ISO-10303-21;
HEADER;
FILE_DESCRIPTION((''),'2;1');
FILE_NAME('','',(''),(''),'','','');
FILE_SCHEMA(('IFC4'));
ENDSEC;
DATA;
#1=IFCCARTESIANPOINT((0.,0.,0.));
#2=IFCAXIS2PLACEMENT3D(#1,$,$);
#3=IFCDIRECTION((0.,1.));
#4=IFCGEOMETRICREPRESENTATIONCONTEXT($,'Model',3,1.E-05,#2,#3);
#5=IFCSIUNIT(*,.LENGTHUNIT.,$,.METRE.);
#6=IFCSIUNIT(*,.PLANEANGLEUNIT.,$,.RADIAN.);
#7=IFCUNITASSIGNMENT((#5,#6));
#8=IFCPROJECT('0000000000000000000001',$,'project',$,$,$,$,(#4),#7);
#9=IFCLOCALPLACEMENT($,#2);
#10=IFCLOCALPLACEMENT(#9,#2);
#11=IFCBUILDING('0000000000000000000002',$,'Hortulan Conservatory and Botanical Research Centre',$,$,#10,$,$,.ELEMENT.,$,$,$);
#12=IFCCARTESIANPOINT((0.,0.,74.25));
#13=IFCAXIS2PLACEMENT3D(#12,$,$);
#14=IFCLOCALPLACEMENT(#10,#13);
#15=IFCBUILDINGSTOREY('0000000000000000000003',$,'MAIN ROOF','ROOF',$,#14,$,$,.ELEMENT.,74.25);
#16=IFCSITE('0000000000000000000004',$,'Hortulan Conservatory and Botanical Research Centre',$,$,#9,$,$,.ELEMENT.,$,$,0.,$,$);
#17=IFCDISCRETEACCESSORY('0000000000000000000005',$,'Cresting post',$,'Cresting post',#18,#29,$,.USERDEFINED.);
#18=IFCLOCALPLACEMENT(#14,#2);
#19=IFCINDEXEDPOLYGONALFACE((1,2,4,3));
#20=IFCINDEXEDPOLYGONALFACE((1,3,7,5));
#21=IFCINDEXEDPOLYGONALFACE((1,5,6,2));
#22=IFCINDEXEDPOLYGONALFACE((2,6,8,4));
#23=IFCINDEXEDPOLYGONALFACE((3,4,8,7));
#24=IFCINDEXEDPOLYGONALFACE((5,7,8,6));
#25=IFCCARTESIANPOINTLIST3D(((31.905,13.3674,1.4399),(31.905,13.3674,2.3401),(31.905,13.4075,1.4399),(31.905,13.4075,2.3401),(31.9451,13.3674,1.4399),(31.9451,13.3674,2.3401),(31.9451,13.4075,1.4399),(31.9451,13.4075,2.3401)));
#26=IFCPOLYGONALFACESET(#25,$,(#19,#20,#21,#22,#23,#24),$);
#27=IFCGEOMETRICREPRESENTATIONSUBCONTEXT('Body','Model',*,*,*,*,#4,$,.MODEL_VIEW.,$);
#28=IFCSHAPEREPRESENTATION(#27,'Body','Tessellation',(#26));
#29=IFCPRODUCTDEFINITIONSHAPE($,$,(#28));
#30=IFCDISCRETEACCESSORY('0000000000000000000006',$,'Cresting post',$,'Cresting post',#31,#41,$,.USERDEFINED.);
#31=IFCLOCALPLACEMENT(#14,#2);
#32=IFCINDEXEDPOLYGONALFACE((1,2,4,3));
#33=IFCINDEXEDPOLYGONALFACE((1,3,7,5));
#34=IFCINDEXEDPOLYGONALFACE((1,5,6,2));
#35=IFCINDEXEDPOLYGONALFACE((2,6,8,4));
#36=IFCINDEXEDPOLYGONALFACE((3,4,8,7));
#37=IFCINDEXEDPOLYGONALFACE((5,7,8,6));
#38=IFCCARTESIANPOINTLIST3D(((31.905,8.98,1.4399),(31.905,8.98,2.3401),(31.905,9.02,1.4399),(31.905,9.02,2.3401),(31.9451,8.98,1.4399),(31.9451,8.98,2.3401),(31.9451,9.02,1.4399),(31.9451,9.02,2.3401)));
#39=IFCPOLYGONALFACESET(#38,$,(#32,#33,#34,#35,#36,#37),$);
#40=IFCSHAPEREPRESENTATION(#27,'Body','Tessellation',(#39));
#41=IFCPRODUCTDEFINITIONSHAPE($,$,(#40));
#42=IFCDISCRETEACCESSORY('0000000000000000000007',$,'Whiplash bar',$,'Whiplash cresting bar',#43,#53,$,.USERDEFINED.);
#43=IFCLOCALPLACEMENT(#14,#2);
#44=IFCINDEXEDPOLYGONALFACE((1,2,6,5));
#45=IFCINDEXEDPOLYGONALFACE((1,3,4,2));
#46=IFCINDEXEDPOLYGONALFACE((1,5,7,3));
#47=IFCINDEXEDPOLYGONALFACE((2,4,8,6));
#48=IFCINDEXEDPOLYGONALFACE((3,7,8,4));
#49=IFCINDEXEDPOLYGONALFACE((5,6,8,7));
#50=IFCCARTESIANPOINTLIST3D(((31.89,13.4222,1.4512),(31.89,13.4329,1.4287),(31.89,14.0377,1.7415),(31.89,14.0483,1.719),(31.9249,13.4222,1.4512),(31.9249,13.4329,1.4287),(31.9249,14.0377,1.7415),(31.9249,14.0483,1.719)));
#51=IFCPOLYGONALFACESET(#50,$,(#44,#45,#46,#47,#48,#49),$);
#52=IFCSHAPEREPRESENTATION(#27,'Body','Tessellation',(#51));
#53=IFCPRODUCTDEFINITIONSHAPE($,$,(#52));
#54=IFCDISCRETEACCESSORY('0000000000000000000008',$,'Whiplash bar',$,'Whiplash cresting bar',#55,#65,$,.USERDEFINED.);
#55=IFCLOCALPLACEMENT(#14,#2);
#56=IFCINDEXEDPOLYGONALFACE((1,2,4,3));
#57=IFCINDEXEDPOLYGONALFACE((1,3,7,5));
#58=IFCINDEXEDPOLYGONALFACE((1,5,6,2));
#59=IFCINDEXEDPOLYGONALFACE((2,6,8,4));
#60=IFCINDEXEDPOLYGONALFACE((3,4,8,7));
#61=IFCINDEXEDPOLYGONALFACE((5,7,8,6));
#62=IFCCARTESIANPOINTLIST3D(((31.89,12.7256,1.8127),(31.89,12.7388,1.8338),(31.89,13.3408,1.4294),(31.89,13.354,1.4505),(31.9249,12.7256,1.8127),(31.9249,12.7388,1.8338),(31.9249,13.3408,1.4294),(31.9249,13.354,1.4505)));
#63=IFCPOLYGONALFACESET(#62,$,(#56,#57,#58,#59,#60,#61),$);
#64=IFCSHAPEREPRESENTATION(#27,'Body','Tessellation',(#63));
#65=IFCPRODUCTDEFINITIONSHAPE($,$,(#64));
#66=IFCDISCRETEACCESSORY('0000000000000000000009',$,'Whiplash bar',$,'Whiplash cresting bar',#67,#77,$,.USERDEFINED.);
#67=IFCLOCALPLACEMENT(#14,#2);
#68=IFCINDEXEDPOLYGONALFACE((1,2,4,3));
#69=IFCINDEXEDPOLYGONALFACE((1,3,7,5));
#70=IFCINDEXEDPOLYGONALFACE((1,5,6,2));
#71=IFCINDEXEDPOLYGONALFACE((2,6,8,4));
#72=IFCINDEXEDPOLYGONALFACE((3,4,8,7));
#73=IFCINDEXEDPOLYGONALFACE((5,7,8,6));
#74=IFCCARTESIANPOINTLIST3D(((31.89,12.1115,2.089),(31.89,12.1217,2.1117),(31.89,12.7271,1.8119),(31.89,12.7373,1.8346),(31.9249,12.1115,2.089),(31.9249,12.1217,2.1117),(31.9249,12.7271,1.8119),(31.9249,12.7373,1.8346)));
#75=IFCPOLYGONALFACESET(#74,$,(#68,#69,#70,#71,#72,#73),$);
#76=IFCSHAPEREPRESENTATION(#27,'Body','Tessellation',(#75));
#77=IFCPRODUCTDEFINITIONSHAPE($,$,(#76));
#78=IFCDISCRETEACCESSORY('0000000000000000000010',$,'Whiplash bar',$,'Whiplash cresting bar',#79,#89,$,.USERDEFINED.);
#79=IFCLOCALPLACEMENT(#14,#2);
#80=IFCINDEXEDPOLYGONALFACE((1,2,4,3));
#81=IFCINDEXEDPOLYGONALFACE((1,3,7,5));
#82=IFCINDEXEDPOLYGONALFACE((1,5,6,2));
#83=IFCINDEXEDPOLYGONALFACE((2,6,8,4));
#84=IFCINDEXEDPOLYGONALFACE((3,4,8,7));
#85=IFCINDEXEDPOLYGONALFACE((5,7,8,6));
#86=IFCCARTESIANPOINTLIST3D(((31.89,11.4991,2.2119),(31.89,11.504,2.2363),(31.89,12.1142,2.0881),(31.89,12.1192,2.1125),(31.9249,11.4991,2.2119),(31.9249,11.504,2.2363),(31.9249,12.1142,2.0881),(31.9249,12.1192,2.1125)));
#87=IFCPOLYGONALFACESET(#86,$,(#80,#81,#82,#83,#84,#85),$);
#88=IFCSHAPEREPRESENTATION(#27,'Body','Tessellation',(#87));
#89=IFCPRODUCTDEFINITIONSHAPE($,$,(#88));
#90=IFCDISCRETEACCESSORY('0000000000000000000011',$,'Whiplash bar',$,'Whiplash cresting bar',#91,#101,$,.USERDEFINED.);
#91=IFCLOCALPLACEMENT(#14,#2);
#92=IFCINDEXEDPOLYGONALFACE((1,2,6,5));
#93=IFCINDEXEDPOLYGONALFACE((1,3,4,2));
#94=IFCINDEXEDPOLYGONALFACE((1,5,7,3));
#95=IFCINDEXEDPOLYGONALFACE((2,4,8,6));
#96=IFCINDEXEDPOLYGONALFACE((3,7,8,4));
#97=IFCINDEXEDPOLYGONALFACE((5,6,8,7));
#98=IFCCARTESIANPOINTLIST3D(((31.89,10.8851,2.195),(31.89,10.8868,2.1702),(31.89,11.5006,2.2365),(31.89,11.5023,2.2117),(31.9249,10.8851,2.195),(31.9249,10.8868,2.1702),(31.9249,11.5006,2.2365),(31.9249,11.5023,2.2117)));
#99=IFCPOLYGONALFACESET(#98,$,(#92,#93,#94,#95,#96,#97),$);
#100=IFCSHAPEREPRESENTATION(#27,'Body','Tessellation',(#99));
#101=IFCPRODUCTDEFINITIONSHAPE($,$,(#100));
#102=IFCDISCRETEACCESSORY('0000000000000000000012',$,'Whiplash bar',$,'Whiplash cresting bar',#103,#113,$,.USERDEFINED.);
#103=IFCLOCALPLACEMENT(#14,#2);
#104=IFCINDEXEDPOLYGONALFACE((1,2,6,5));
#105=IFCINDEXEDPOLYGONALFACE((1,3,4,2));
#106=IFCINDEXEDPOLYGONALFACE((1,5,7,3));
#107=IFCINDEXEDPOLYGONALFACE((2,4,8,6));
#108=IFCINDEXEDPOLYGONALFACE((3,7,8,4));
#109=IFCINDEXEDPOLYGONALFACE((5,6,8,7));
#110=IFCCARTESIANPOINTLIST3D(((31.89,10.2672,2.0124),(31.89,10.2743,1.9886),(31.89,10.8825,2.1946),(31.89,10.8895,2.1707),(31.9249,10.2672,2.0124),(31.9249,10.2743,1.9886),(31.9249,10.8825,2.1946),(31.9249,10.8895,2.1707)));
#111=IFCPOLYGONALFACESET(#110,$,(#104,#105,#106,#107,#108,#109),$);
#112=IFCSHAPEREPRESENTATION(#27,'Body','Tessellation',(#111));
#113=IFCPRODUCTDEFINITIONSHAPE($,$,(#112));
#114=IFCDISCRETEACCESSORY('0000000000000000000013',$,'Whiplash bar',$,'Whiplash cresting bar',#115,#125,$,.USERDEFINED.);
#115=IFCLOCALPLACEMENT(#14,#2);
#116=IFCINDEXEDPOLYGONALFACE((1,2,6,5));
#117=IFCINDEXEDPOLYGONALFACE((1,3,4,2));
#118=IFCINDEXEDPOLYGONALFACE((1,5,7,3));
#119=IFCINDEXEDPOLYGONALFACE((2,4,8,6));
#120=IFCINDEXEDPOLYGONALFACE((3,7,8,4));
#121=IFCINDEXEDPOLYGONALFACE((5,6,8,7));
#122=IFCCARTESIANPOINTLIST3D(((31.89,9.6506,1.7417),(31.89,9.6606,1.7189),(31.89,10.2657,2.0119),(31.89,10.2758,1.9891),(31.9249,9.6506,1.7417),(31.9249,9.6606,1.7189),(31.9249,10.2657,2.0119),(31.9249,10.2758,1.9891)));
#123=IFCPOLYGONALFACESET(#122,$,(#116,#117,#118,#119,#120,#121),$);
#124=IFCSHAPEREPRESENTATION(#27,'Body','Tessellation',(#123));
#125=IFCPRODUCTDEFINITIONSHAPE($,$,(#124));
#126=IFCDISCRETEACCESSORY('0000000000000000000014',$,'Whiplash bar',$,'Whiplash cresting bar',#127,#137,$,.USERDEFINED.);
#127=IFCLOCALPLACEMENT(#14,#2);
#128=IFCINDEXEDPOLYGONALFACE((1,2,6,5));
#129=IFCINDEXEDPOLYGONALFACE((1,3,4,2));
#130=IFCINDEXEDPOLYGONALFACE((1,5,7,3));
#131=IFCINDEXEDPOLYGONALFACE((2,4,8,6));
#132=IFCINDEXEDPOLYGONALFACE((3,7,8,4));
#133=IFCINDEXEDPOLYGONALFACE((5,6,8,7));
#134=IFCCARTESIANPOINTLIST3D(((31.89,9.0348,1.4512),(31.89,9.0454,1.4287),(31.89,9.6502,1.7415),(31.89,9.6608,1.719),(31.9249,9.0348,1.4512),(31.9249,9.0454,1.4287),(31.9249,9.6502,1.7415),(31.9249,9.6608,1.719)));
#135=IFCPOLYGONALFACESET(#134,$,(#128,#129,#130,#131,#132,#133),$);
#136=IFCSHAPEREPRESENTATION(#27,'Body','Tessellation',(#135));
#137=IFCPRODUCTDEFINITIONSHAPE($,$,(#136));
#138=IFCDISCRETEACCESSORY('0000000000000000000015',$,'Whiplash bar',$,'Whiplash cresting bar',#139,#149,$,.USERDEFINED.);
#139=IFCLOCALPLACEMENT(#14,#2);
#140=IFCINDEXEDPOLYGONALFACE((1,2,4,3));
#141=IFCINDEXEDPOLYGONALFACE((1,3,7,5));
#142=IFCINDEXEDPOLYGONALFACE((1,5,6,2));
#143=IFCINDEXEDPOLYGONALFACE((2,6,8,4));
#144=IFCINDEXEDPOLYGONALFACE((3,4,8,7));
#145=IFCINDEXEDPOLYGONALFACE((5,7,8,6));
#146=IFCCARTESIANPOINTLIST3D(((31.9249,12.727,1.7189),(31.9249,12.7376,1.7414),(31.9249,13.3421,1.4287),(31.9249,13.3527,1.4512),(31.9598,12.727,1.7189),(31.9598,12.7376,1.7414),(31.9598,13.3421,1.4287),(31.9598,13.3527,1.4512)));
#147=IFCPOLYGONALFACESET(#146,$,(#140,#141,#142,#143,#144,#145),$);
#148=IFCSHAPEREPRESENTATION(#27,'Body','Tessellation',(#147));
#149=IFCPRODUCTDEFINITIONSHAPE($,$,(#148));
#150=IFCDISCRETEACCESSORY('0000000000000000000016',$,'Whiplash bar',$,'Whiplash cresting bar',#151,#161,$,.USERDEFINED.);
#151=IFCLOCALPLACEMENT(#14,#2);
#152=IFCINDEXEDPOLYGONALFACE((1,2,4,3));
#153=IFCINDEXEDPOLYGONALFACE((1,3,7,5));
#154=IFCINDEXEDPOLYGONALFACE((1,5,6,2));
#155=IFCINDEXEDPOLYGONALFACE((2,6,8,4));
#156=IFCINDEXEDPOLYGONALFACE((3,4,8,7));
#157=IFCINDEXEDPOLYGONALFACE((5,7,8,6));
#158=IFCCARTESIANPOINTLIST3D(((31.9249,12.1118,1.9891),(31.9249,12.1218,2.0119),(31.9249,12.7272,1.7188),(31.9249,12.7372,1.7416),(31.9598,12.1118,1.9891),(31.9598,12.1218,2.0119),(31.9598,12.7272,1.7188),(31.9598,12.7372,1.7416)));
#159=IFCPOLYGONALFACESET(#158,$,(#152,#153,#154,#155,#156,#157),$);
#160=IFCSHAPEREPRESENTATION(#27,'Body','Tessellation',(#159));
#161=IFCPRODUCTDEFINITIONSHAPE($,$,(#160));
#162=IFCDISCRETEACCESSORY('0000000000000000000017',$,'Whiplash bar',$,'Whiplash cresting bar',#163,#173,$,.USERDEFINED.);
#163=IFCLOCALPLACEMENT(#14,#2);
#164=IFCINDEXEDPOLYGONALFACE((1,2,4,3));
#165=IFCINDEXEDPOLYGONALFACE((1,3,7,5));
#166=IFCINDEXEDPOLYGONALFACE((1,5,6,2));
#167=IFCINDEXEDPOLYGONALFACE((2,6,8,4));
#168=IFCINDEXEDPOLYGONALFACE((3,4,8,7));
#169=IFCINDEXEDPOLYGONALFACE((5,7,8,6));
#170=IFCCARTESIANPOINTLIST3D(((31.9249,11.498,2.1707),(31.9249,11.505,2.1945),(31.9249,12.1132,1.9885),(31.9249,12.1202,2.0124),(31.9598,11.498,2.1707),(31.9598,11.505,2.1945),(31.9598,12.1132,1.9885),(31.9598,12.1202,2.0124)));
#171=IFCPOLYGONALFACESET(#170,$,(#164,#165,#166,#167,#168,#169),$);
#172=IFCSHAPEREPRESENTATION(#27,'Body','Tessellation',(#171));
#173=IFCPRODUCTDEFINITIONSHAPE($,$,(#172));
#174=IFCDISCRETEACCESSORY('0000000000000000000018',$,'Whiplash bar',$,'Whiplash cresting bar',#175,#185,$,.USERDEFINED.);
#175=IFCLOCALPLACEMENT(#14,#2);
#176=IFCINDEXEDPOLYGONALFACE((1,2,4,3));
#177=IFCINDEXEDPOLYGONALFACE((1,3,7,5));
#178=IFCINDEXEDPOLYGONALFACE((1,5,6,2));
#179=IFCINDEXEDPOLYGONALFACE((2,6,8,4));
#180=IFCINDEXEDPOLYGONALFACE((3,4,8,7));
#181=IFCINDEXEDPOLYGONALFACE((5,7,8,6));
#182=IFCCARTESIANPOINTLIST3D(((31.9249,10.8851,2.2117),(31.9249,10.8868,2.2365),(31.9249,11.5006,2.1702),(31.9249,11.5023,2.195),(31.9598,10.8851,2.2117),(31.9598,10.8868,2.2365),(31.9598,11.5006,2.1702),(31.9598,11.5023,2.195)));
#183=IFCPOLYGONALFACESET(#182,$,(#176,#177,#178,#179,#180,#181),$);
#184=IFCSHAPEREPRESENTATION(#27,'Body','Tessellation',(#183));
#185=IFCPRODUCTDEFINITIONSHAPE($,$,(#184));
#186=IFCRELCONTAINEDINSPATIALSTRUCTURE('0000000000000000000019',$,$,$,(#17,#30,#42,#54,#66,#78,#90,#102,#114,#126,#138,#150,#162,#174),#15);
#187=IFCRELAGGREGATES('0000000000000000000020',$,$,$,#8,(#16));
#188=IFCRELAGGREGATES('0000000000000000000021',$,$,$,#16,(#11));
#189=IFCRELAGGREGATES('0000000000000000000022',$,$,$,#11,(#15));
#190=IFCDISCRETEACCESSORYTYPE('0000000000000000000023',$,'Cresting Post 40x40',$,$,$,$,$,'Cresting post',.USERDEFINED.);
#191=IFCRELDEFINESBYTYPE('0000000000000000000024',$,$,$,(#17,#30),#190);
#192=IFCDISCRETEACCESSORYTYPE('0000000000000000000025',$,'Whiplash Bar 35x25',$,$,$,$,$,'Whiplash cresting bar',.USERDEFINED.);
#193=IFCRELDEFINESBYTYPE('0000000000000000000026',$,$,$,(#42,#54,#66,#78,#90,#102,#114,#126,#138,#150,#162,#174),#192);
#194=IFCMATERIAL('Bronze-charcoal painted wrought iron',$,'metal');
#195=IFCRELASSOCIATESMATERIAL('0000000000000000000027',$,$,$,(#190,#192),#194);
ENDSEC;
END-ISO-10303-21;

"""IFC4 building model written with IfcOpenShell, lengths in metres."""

from ifc_helpers import new_model, si_unit, direction, frame, origin, origin_2d, place, context, subcontext, project, spatial, rectangle, extrude, material, material_profile, profile_set, type_object, element, save


model = new_model("IFC4")

# Units and contexts
model_context = context("Model", 3, precision=1e-05, world=origin(), true_north=direction((0.0, 1.0)))
body_context = subcontext(model_context, "Body", "Model", "MODEL_VIEW")
ifc_project = project(units=[si_unit("LENGTHUNIT", "METRE"), si_unit("PLANEANGLEUNIT", "RADIAN")], contexts=[model_context])

# Site, building, storey
site_placement = place(None, origin())
site = spatial("IfcSite", under=ifc_project, at=site_placement, Name="Hortulan Conservatory and Botanical Research Centre", CompositionType="ELEMENT", RefElevation=0.0)
building_placement = place(site_placement, origin())
building = spatial("IfcBuilding", under=site, at=building_placement, Name="Hortulan Conservatory and Botanical Research Centre", CompositionType="ELEMENT")
storey_placement = place(building_placement, frame((0.0, 0.0, 74.25)))
storey = spatial("IfcBuildingStorey", under=building, at=storey_placement, Name="MAIN ROOF", Description="ROOF", CompositionType="ELEMENT", Elevation=74.25)

# Discrete accessories
ifc_material = material(Name="Bronze-charcoal painted wrought iron", Category="metal")
ifc_material_profile_1 = material_profile(ifc_material, rectangle(XDim=0.04, YDim=0.04, at=origin_2d()), Name="Square bar 40x40")
ifc_profile_set_1 = profile_set([ifc_material_profile_1], Name="Bronze-charcoal painted wrought iron")
discrete_accessory_type_1 = type_object("IfcDiscreteAccessoryType", Name="Cresting Post 40x40", ElementType="Cresting post", PredefinedType="USERDEFINED", material=ifc_profile_set_1)
for number, where, z_axis, x_axis, name in (
    (1, (31.925, 13.3875, 1.4399), (0.0, 0.0, 1.0), (1.0, 0.0, 0.0), "Cresting post"),
    (2, (31.925, 9.0, 1.4399), (0.0, 0.0, 1.0), (1.0, 0.0, 0.0), "Cresting post"),
):
    element("IfcDiscreteAccessory", number, at=place(storey_placement, frame(where, z_axis=z_axis, x_axis=x_axis)), inside=storey, type_object=discrete_accessory_type_1, Name=name, ObjectType="Cresting post", PredefinedType="USERDEFINED", context=body_context, shape_type="SweptSolid", body=[
        extrude(rectangle(XDim=0.04, YDim=0.04, at=origin_2d()), origin(), (0.0, 0.0, 1.0), 0.9001),
    ])
ifc_material_profile_2 = material_profile(ifc_material, rectangle(XDim=0.0349, YDim=0.0249, at=origin_2d()), Name="Flat bar 35x25")
ifc_profile_set_2 = profile_set([ifc_material_profile_2], Name="Bronze-charcoal painted wrought iron")
discrete_accessory_type_2 = type_object("IfcDiscreteAccessoryType", Name="Whiplash Bar 35x25", ElementType="Whiplash cresting bar", PredefinedType="USERDEFINED", material=ifc_profile_set_2)
discrete_accessory_1_placement = place(storey_placement, frame((31.9075, 14.043, 1.7302), z_axis=(0.0, -0.904452, -0.426574), x_axis=(1.0, 0.0, 0.0)))
element("IfcDiscreteAccessory", 3, at=discrete_accessory_1_placement, inside=storey, type_object=discrete_accessory_type_2, Name="Whiplash bar", ObjectType="Whiplash cresting bar", PredefinedType="USERDEFINED", context=body_context, shape_type="SweptSolid", body=[
    extrude(rectangle(XDim=0.0349, YDim=0.0249, at=origin_2d()), origin(), (0.0, 0.0, 1.0), 0.6804),
])
discrete_accessory_2_placement = place(storey_placement, frame((31.9075, 13.3474, 1.4399), z_axis=(0.0, -0.848754, 0.528787), x_axis=(1.0, 0.0, 0.0)))
element("IfcDiscreteAccessory", 4, at=discrete_accessory_2_placement, inside=storey, type_object=discrete_accessory_type_2, Name="Whiplash bar", ObjectType="Whiplash cresting bar", PredefinedType="USERDEFINED", context=body_context, shape_type="SweptSolid", body=[
    extrude(rectangle(XDim=0.0349, YDim=0.0249, at=origin_2d()), origin(), (0.0, 0.0, 1.0), 0.7249),
])
discrete_accessory_3_placement = place(storey_placement, frame((31.9075, 12.7322, 1.8232), z_axis=(0.0, -0.911847, 0.41053), x_axis=(1.0, 0.0, 0.0)))
element("IfcDiscreteAccessory", 5, at=discrete_accessory_3_placement, inside=storey, type_object=discrete_accessory_type_2, Name="Whiplash bar", ObjectType="Whiplash cresting bar", PredefinedType="USERDEFINED", context=body_context, shape_type="SweptSolid", body=[
    extrude(rectangle(XDim=0.0349, YDim=0.0249, at=origin_2d()), origin(), (0.0, 0.0, 1.0), 0.675),
])
discrete_accessory_4_placement = place(storey_placement, frame((31.9075, 12.1167, 2.1003), z_axis=(0.0, -0.980356, 0.197238), x_axis=(1.0, 0.0, 0.0)))
element("IfcDiscreteAccessory", 6, at=discrete_accessory_4_placement, inside=storey, type_object=discrete_accessory_type_2, Name="Whiplash bar", ObjectType="Whiplash cresting bar", PredefinedType="USERDEFINED", context=body_context, shape_type="SweptSolid", body=[
    extrude(rectangle(XDim=0.0349, YDim=0.0249, at=origin_2d()), origin(), (0.0, 0.0, 1.0), 0.6274),
])
discrete_accessory_5_placement = place(storey_placement, frame((31.9075, 11.5015, 2.2241), z_axis=(0.0, -0.997734, -0.067281), x_axis=(1.0, 0.0, 0.0)))
element("IfcDiscreteAccessory", 7, at=discrete_accessory_5_placement, inside=storey, type_object=discrete_accessory_type_2, Name="Whiplash bar", ObjectType="Whiplash cresting bar", PredefinedType="USERDEFINED", context=body_context, shape_type="SweptSolid", body=[
    extrude(rectangle(XDim=0.0349, YDim=0.0249, at=origin_2d()), origin(), (0.0, 0.0, 1.0), 0.6169),
])
discrete_accessory_6_placement = place(storey_placement, frame((31.9075, 10.886, 2.1826), z_axis=(0.0, -0.958867, -0.283855), x_axis=(1.0, 0.0, 0.0)))
element("IfcDiscreteAccessory", 8, at=discrete_accessory_6_placement, inside=storey, type_object=discrete_accessory_type_2, Name="Whiplash bar", ObjectType="Whiplash cresting bar", PredefinedType="USERDEFINED", context=body_context, shape_type="SweptSolid", body=[
    extrude(rectangle(XDim=0.0349, YDim=0.0249, at=origin_2d()), origin(), (0.0, 0.0, 1.0), 0.6416),
])
discrete_accessory_7_placement = place(storey_placement, frame((31.9075, 10.2708, 2.0005), z_axis=(0.0, -0.915556, -0.402191), x_axis=(1.0, 0.0, 0.0)))
element("IfcDiscreteAccessory", 9, at=discrete_accessory_7_placement, inside=storey, type_object=discrete_accessory_type_2, Name="Whiplash bar", ObjectType="Whiplash cresting bar", PredefinedType="USERDEFINED", context=body_context, shape_type="SweptSolid", body=[
    extrude(rectangle(XDim=0.0349, YDim=0.0249, at=origin_2d()), origin(), (0.0, 0.0, 1.0), 0.6719),
])
discrete_accessory_8_placement = place(storey_placement, frame((31.9075, 9.6555, 1.7302), z_axis=(0.0, -0.904452, -0.426574), x_axis=(1.0, 0.0, 0.0)))
element("IfcDiscreteAccessory", 10, at=discrete_accessory_8_placement, inside=storey, type_object=discrete_accessory_type_2, Name="Whiplash bar", ObjectType="Whiplash cresting bar", PredefinedType="USERDEFINED", context=body_context, shape_type="SweptSolid", body=[
    extrude(rectangle(XDim=0.0349, YDim=0.0249, at=origin_2d()), origin(), (0.0, 0.0, 1.0), 0.6804),
])
discrete_accessory_9_placement = place(storey_placement, frame((31.9424, 13.3474, 1.4399), z_axis=(0.0, -0.904387, 0.426713), x_axis=(1.0, 0.0, 0.0)))
element("IfcDiscreteAccessory", 11, at=discrete_accessory_9_placement, inside=storey, type_object=discrete_accessory_type_2, Name="Whiplash bar", ObjectType="Whiplash cresting bar", PredefinedType="USERDEFINED", context=body_context, shape_type="SweptSolid", body=[
    extrude(rectangle(XDim=0.0349, YDim=0.0249, at=origin_2d()), origin(), (0.0, 0.0, 1.0), 0.6802),
])
discrete_accessory_10_placement = place(storey_placement, frame((31.9424, 12.7322, 1.7302), z_axis=(0.0, -0.915615, 0.402057), x_axis=(1.0, 0.0, 0.0)))
element("IfcDiscreteAccessory", 12, at=discrete_accessory_10_placement, inside=storey, type_object=discrete_accessory_type_2, Name="Whiplash bar", ObjectType="Whiplash cresting bar", PredefinedType="USERDEFINED", context=body_context, shape_type="SweptSolid", body=[
    extrude(rectangle(XDim=0.0349, YDim=0.0249, at=origin_2d()), origin(), (0.0, 0.0, 1.0), 0.6721),
])
discrete_accessory_11_placement = place(storey_placement, frame((31.9424, 12.1167, 2.0005), z_axis=(0.0, -0.958867, 0.283855), x_axis=(1.0, 0.0, 0.0)))
element("IfcDiscreteAccessory", 13, at=discrete_accessory_11_placement, inside=storey, type_object=discrete_accessory_type_2, Name="Whiplash bar", ObjectType="Whiplash cresting bar", PredefinedType="USERDEFINED", context=body_context, shape_type="SweptSolid", body=[
    extrude(rectangle(XDim=0.0349, YDim=0.0249, at=origin_2d()), origin(), (0.0, 0.0, 1.0), 0.6416),
])
discrete_accessory_12_placement = place(storey_placement, frame((31.9424, 11.5015, 2.1826), z_axis=(0.0, -0.997734, 0.067281), x_axis=(1.0, 0.0, 0.0)))
element("IfcDiscreteAccessory", 14, at=discrete_accessory_12_placement, inside=storey, type_object=discrete_accessory_type_2, Name="Whiplash bar", ObjectType="Whiplash cresting bar", PredefinedType="USERDEFINED", context=body_context, shape_type="SweptSolid", body=[
    extrude(rectangle(XDim=0.0349, YDim=0.0249, at=origin_2d()), origin(), (0.0, 0.0, 1.0), 0.6169),
])

save(model, "model.ifc")
